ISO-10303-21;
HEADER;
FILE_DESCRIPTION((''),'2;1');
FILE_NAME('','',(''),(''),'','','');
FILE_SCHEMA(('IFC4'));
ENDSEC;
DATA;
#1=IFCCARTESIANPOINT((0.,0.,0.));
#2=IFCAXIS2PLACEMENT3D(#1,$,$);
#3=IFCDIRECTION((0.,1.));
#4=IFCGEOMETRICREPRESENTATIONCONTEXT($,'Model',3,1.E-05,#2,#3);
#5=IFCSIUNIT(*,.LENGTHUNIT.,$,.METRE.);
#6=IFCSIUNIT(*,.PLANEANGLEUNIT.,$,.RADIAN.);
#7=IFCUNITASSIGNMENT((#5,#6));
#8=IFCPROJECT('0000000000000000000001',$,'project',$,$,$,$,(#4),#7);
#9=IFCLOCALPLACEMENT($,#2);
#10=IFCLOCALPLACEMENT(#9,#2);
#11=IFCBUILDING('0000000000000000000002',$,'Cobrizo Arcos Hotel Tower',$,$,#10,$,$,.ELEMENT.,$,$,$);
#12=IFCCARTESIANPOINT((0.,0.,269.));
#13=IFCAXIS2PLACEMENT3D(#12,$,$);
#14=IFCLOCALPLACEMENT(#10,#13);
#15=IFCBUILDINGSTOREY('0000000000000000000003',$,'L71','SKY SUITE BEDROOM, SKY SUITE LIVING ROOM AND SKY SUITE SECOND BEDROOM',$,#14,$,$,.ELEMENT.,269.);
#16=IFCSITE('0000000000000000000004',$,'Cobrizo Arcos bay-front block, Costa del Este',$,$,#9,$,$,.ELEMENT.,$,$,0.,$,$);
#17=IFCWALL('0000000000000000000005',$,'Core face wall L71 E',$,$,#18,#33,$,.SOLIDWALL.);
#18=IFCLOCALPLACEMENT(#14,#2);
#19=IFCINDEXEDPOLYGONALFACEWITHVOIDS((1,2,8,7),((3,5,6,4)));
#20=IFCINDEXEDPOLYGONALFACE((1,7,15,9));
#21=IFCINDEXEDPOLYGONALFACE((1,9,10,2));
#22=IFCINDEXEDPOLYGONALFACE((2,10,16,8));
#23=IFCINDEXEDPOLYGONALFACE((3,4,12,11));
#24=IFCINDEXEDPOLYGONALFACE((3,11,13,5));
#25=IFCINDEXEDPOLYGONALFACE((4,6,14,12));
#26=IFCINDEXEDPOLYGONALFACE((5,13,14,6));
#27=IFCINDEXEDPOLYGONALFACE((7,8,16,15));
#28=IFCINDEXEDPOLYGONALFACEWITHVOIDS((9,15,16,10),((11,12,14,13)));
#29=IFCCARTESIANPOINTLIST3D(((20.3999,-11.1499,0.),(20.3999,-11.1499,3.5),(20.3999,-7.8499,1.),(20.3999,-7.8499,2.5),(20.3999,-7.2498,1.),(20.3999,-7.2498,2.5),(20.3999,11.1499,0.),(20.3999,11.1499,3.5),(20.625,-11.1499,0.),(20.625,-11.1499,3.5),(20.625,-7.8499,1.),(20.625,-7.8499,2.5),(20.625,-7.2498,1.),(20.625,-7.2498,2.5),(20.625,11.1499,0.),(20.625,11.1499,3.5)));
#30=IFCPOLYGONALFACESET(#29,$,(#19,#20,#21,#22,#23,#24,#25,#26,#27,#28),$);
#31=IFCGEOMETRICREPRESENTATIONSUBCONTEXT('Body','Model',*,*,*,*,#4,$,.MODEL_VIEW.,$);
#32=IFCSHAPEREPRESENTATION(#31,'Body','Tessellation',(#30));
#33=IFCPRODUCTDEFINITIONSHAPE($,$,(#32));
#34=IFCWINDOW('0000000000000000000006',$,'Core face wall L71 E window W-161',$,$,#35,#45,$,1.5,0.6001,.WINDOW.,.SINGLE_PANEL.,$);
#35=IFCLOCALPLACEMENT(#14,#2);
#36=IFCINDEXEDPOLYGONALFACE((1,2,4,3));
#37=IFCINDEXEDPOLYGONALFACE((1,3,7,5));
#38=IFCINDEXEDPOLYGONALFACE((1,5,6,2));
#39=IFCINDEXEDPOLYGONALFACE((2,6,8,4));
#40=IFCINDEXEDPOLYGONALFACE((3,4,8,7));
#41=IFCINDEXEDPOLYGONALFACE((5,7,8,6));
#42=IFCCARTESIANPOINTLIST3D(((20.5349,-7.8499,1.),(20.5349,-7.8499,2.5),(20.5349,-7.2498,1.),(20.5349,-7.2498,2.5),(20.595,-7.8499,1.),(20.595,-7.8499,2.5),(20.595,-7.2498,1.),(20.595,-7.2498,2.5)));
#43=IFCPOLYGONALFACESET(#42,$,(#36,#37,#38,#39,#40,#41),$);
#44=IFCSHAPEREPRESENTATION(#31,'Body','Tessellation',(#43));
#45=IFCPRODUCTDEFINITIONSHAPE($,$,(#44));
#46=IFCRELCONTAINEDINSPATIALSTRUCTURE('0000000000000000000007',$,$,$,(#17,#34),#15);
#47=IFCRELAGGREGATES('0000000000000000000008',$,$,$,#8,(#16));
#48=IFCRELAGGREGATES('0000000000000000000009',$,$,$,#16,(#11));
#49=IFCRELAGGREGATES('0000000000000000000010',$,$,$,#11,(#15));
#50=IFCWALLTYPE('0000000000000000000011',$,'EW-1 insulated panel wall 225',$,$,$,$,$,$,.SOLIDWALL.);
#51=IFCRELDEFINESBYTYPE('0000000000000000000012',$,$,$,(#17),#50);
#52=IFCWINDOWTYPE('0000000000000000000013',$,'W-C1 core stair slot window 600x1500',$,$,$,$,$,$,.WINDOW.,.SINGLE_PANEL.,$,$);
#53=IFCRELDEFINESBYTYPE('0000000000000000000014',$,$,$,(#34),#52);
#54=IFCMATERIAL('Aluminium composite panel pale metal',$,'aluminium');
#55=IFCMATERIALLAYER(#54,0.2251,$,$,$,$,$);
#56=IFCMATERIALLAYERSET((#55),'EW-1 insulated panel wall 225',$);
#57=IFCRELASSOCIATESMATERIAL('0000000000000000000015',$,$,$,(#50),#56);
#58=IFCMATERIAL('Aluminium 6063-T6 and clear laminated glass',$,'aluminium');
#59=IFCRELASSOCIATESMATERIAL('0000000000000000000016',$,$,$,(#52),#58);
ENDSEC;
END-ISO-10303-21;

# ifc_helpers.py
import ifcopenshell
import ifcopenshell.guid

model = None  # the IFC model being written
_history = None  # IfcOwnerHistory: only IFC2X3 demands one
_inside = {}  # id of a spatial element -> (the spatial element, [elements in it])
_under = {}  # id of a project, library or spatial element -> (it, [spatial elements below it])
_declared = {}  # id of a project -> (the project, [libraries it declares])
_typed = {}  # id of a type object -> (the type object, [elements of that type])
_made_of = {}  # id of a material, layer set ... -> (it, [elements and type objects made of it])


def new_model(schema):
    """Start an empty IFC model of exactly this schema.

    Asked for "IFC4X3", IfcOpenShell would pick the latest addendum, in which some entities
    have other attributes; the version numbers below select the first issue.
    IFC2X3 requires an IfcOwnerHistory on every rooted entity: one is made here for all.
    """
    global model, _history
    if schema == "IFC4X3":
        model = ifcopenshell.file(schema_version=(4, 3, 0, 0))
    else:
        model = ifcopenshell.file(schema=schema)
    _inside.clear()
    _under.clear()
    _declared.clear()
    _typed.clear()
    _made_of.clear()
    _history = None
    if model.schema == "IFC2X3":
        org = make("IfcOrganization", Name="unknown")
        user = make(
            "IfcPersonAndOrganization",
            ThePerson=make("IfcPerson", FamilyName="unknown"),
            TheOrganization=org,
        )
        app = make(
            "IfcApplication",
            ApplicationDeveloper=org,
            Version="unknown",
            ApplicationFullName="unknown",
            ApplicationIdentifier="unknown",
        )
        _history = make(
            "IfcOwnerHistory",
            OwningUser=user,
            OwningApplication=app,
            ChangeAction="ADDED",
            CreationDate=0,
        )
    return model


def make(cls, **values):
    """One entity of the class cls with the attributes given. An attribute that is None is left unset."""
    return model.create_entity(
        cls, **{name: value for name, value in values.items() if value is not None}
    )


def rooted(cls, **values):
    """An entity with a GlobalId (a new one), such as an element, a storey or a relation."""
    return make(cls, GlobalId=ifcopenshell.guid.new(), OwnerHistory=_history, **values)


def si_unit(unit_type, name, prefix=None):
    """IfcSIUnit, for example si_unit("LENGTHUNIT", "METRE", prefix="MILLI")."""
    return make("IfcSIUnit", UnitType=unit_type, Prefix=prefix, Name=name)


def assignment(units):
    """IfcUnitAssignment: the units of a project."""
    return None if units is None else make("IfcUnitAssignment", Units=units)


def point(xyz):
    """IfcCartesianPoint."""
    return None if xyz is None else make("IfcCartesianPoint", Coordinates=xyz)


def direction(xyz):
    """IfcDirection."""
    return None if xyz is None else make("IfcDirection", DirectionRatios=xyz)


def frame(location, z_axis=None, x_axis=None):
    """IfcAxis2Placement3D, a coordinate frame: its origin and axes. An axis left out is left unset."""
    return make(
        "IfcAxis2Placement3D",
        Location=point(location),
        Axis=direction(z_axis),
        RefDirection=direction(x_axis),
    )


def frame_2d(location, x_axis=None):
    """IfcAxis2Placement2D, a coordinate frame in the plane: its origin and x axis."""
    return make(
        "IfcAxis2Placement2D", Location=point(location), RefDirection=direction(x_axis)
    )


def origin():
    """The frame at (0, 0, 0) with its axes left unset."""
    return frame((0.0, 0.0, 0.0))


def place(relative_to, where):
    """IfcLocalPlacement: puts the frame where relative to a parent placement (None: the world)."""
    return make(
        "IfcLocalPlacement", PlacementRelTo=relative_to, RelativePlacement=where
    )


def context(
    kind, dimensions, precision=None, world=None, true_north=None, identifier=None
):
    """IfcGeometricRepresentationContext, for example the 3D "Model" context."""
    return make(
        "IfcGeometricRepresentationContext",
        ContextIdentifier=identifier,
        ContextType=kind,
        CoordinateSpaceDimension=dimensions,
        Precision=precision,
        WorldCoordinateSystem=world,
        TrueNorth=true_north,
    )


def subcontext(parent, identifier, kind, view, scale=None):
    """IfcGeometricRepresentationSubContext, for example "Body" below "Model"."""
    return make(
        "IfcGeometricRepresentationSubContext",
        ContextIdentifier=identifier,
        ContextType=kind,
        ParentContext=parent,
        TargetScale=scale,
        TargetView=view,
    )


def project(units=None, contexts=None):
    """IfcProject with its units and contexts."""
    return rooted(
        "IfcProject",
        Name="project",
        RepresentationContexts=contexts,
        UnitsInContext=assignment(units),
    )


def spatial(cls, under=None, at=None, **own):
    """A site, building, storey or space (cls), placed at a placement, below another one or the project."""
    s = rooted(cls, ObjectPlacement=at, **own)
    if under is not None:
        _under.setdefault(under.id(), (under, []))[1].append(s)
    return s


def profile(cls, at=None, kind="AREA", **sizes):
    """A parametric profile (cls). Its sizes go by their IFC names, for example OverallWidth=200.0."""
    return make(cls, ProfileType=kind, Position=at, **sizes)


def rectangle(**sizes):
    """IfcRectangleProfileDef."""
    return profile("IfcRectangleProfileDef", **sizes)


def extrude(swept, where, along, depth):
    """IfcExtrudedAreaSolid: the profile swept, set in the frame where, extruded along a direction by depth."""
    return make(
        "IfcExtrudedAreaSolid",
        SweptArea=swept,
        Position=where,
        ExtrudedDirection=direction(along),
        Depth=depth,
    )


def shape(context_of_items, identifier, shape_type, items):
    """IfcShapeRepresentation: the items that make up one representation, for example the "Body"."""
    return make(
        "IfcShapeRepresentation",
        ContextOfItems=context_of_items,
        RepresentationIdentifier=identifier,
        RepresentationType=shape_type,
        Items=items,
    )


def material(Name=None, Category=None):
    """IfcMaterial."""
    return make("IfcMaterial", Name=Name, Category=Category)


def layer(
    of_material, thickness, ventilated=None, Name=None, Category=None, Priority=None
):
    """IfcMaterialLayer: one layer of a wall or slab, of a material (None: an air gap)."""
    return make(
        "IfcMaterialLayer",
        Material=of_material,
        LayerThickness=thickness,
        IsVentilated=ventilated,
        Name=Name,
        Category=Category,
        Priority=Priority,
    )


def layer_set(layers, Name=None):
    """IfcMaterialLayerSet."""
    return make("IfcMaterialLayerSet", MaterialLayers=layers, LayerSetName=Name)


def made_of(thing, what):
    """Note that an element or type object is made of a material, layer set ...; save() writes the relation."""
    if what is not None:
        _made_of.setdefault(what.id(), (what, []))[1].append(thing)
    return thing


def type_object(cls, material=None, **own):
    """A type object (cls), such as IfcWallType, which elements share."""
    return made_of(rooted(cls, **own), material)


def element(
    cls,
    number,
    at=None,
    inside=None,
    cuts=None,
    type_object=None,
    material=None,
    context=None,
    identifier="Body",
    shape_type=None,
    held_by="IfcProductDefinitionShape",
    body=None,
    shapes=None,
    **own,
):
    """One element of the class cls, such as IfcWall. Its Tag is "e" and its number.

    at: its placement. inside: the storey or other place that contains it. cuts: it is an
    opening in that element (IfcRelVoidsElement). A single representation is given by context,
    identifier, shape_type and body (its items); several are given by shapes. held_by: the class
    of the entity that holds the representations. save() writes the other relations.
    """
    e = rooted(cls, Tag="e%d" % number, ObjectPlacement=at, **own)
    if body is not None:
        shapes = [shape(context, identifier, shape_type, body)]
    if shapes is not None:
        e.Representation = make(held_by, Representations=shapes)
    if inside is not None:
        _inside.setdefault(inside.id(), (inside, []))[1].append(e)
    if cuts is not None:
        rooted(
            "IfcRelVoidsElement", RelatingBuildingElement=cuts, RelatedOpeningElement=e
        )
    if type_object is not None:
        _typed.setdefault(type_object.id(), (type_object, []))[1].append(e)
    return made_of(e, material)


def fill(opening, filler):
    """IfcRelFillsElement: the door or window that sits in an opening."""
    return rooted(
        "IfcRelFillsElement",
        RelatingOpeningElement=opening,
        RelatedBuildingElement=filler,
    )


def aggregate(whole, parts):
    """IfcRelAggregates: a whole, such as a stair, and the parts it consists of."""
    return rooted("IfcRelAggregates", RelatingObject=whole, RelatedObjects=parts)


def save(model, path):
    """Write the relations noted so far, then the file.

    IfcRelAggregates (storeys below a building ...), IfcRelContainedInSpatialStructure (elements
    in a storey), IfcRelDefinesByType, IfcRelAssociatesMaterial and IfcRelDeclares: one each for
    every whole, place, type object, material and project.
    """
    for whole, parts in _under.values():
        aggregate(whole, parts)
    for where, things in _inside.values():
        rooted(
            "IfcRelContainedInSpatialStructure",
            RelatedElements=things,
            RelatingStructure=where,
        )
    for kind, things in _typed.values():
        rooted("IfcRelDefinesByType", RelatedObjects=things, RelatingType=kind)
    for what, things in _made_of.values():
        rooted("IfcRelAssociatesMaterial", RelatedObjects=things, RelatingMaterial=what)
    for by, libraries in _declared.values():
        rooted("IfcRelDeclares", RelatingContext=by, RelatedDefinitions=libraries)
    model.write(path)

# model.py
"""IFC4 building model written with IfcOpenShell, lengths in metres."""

from ifc_helpers import new_model, si_unit, direction, frame, frame_2d, origin, place, context, subcontext, project, spatial, rectangle, extrude, material, layer, layer_set, type_object, element, fill, save


model = new_model("IFC4")

# Units and contexts
model_context = context("Model", 3, precision=1e-05, world=origin(), true_north=direction((0.0, 1.0)))
body_context = subcontext(model_context, "Body", "Model", "MODEL_VIEW")
ifc_project = project(units=[si_unit("LENGTHUNIT", "METRE"), si_unit("PLANEANGLEUNIT", "RADIAN")], contexts=[model_context])

# Site, building, storey
site_placement = place(None, origin())
site = spatial("IfcSite", under=ifc_project, at=site_placement, Name="Cobrizo Arcos bay-front block, Costa del Este", CompositionType="ELEMENT", RefElevation=0.0)
building_placement = place(site_placement, origin())
building = spatial("IfcBuilding", under=site, at=building_placement, Name="Cobrizo Arcos Hotel Tower", CompositionType="ELEMENT")
storey_placement = place(building_placement, frame((0.0, 0.0, 269.0)))
storey = spatial("IfcBuildingStorey", under=building, at=storey_placement, Name="L71", Description="SKY SUITE BEDROOM, SKY SUITE LIVING ROOM AND SKY SUITE SECOND BEDROOM", CompositionType="ELEMENT", Elevation=269.0)

# Shared definitions
ifc_material_1 = material(Name="Aluminium composite panel pale metal", Category="aluminium")

# Wall, opening, window
ifc_layer_1 = layer(ifc_material_1, 0.2251)
ifc_layer_set_1 = layer_set([ifc_layer_1], Name="EW-1 insulated panel wall 225")
wall_type_1 = type_object("IfcWallType", Name="EW-1 insulated panel wall 225", PredefinedType="SOLIDWALL", material=ifc_layer_set_1)
wall_1_placement = place(storey_placement, frame((20.5125, -11.1499, 0.0), z_axis=(0.0, 0.0, 1.0), x_axis=(0.0, 1.0, 0.0)))
wall_1 = element("IfcWall", 1, at=wall_1_placement, inside=storey, type_object=wall_type_1, Name="Core face wall L71 E", PredefinedType="SOLIDWALL", context=body_context, shape_type="SweptSolid", body=[
    extrude(rectangle(XDim=22.2998, YDim=0.2251, at=frame_2d((11.1499, 0.0))), origin(), (0.0, 0.0, 1.0), 3.5),
])
opening_1_placement = place(wall_1_placement, frame((3.3, 0.0, 1.0)))
opening_1 = element("IfcOpeningElement", 2, at=opening_1_placement, cuts=wall_1, PredefinedType="OPENING", context=body_context, shape_type="SweptSolid", body=[
    extrude(rectangle(XDim=0.6001, YDim=1.5, at=frame_2d((0.3, 0.75))), frame((0.0, 0.1245, 0.0), z_axis=(0.0, -1.0, 0.0), x_axis=(1.0, 0.0, 0.0)), (0.0, 0.0, 1.0), 0.249),
])
ifc_material_2 = material(Name="Aluminium 6063-T6 and clear laminated glass", Category="aluminium")
window_type = type_object("IfcWindowType", Name="W-C1 core stair slot window 600x1500", PartitioningType="SINGLE_PANEL", PredefinedType="WINDOW", material=ifc_material_2)
window_placement = place(opening_1_placement, origin())
window = element("IfcWindow", 3, at=window_placement, inside=storey, type_object=window_type, Name="Core face wall L71 E window W-161", OverallHeight=1.5, OverallWidth=0.6001, PartitioningType="SINGLE_PANEL", PredefinedType="WINDOW", context=body_context, shape_type="SweptSolid", body=[
    extrude(rectangle(XDim=0.6001, YDim=1.5, at=frame_2d((0.3, 0.75))), frame((0.0, -0.0225, 0.0), z_axis=(0.0, -1.0, 0.0), x_axis=(1.0, 0.0, 0.0)), (0.0, 0.0, 1.0), 0.0601),
])
fill(opening_1, window)

save(model, "model.ifc")
